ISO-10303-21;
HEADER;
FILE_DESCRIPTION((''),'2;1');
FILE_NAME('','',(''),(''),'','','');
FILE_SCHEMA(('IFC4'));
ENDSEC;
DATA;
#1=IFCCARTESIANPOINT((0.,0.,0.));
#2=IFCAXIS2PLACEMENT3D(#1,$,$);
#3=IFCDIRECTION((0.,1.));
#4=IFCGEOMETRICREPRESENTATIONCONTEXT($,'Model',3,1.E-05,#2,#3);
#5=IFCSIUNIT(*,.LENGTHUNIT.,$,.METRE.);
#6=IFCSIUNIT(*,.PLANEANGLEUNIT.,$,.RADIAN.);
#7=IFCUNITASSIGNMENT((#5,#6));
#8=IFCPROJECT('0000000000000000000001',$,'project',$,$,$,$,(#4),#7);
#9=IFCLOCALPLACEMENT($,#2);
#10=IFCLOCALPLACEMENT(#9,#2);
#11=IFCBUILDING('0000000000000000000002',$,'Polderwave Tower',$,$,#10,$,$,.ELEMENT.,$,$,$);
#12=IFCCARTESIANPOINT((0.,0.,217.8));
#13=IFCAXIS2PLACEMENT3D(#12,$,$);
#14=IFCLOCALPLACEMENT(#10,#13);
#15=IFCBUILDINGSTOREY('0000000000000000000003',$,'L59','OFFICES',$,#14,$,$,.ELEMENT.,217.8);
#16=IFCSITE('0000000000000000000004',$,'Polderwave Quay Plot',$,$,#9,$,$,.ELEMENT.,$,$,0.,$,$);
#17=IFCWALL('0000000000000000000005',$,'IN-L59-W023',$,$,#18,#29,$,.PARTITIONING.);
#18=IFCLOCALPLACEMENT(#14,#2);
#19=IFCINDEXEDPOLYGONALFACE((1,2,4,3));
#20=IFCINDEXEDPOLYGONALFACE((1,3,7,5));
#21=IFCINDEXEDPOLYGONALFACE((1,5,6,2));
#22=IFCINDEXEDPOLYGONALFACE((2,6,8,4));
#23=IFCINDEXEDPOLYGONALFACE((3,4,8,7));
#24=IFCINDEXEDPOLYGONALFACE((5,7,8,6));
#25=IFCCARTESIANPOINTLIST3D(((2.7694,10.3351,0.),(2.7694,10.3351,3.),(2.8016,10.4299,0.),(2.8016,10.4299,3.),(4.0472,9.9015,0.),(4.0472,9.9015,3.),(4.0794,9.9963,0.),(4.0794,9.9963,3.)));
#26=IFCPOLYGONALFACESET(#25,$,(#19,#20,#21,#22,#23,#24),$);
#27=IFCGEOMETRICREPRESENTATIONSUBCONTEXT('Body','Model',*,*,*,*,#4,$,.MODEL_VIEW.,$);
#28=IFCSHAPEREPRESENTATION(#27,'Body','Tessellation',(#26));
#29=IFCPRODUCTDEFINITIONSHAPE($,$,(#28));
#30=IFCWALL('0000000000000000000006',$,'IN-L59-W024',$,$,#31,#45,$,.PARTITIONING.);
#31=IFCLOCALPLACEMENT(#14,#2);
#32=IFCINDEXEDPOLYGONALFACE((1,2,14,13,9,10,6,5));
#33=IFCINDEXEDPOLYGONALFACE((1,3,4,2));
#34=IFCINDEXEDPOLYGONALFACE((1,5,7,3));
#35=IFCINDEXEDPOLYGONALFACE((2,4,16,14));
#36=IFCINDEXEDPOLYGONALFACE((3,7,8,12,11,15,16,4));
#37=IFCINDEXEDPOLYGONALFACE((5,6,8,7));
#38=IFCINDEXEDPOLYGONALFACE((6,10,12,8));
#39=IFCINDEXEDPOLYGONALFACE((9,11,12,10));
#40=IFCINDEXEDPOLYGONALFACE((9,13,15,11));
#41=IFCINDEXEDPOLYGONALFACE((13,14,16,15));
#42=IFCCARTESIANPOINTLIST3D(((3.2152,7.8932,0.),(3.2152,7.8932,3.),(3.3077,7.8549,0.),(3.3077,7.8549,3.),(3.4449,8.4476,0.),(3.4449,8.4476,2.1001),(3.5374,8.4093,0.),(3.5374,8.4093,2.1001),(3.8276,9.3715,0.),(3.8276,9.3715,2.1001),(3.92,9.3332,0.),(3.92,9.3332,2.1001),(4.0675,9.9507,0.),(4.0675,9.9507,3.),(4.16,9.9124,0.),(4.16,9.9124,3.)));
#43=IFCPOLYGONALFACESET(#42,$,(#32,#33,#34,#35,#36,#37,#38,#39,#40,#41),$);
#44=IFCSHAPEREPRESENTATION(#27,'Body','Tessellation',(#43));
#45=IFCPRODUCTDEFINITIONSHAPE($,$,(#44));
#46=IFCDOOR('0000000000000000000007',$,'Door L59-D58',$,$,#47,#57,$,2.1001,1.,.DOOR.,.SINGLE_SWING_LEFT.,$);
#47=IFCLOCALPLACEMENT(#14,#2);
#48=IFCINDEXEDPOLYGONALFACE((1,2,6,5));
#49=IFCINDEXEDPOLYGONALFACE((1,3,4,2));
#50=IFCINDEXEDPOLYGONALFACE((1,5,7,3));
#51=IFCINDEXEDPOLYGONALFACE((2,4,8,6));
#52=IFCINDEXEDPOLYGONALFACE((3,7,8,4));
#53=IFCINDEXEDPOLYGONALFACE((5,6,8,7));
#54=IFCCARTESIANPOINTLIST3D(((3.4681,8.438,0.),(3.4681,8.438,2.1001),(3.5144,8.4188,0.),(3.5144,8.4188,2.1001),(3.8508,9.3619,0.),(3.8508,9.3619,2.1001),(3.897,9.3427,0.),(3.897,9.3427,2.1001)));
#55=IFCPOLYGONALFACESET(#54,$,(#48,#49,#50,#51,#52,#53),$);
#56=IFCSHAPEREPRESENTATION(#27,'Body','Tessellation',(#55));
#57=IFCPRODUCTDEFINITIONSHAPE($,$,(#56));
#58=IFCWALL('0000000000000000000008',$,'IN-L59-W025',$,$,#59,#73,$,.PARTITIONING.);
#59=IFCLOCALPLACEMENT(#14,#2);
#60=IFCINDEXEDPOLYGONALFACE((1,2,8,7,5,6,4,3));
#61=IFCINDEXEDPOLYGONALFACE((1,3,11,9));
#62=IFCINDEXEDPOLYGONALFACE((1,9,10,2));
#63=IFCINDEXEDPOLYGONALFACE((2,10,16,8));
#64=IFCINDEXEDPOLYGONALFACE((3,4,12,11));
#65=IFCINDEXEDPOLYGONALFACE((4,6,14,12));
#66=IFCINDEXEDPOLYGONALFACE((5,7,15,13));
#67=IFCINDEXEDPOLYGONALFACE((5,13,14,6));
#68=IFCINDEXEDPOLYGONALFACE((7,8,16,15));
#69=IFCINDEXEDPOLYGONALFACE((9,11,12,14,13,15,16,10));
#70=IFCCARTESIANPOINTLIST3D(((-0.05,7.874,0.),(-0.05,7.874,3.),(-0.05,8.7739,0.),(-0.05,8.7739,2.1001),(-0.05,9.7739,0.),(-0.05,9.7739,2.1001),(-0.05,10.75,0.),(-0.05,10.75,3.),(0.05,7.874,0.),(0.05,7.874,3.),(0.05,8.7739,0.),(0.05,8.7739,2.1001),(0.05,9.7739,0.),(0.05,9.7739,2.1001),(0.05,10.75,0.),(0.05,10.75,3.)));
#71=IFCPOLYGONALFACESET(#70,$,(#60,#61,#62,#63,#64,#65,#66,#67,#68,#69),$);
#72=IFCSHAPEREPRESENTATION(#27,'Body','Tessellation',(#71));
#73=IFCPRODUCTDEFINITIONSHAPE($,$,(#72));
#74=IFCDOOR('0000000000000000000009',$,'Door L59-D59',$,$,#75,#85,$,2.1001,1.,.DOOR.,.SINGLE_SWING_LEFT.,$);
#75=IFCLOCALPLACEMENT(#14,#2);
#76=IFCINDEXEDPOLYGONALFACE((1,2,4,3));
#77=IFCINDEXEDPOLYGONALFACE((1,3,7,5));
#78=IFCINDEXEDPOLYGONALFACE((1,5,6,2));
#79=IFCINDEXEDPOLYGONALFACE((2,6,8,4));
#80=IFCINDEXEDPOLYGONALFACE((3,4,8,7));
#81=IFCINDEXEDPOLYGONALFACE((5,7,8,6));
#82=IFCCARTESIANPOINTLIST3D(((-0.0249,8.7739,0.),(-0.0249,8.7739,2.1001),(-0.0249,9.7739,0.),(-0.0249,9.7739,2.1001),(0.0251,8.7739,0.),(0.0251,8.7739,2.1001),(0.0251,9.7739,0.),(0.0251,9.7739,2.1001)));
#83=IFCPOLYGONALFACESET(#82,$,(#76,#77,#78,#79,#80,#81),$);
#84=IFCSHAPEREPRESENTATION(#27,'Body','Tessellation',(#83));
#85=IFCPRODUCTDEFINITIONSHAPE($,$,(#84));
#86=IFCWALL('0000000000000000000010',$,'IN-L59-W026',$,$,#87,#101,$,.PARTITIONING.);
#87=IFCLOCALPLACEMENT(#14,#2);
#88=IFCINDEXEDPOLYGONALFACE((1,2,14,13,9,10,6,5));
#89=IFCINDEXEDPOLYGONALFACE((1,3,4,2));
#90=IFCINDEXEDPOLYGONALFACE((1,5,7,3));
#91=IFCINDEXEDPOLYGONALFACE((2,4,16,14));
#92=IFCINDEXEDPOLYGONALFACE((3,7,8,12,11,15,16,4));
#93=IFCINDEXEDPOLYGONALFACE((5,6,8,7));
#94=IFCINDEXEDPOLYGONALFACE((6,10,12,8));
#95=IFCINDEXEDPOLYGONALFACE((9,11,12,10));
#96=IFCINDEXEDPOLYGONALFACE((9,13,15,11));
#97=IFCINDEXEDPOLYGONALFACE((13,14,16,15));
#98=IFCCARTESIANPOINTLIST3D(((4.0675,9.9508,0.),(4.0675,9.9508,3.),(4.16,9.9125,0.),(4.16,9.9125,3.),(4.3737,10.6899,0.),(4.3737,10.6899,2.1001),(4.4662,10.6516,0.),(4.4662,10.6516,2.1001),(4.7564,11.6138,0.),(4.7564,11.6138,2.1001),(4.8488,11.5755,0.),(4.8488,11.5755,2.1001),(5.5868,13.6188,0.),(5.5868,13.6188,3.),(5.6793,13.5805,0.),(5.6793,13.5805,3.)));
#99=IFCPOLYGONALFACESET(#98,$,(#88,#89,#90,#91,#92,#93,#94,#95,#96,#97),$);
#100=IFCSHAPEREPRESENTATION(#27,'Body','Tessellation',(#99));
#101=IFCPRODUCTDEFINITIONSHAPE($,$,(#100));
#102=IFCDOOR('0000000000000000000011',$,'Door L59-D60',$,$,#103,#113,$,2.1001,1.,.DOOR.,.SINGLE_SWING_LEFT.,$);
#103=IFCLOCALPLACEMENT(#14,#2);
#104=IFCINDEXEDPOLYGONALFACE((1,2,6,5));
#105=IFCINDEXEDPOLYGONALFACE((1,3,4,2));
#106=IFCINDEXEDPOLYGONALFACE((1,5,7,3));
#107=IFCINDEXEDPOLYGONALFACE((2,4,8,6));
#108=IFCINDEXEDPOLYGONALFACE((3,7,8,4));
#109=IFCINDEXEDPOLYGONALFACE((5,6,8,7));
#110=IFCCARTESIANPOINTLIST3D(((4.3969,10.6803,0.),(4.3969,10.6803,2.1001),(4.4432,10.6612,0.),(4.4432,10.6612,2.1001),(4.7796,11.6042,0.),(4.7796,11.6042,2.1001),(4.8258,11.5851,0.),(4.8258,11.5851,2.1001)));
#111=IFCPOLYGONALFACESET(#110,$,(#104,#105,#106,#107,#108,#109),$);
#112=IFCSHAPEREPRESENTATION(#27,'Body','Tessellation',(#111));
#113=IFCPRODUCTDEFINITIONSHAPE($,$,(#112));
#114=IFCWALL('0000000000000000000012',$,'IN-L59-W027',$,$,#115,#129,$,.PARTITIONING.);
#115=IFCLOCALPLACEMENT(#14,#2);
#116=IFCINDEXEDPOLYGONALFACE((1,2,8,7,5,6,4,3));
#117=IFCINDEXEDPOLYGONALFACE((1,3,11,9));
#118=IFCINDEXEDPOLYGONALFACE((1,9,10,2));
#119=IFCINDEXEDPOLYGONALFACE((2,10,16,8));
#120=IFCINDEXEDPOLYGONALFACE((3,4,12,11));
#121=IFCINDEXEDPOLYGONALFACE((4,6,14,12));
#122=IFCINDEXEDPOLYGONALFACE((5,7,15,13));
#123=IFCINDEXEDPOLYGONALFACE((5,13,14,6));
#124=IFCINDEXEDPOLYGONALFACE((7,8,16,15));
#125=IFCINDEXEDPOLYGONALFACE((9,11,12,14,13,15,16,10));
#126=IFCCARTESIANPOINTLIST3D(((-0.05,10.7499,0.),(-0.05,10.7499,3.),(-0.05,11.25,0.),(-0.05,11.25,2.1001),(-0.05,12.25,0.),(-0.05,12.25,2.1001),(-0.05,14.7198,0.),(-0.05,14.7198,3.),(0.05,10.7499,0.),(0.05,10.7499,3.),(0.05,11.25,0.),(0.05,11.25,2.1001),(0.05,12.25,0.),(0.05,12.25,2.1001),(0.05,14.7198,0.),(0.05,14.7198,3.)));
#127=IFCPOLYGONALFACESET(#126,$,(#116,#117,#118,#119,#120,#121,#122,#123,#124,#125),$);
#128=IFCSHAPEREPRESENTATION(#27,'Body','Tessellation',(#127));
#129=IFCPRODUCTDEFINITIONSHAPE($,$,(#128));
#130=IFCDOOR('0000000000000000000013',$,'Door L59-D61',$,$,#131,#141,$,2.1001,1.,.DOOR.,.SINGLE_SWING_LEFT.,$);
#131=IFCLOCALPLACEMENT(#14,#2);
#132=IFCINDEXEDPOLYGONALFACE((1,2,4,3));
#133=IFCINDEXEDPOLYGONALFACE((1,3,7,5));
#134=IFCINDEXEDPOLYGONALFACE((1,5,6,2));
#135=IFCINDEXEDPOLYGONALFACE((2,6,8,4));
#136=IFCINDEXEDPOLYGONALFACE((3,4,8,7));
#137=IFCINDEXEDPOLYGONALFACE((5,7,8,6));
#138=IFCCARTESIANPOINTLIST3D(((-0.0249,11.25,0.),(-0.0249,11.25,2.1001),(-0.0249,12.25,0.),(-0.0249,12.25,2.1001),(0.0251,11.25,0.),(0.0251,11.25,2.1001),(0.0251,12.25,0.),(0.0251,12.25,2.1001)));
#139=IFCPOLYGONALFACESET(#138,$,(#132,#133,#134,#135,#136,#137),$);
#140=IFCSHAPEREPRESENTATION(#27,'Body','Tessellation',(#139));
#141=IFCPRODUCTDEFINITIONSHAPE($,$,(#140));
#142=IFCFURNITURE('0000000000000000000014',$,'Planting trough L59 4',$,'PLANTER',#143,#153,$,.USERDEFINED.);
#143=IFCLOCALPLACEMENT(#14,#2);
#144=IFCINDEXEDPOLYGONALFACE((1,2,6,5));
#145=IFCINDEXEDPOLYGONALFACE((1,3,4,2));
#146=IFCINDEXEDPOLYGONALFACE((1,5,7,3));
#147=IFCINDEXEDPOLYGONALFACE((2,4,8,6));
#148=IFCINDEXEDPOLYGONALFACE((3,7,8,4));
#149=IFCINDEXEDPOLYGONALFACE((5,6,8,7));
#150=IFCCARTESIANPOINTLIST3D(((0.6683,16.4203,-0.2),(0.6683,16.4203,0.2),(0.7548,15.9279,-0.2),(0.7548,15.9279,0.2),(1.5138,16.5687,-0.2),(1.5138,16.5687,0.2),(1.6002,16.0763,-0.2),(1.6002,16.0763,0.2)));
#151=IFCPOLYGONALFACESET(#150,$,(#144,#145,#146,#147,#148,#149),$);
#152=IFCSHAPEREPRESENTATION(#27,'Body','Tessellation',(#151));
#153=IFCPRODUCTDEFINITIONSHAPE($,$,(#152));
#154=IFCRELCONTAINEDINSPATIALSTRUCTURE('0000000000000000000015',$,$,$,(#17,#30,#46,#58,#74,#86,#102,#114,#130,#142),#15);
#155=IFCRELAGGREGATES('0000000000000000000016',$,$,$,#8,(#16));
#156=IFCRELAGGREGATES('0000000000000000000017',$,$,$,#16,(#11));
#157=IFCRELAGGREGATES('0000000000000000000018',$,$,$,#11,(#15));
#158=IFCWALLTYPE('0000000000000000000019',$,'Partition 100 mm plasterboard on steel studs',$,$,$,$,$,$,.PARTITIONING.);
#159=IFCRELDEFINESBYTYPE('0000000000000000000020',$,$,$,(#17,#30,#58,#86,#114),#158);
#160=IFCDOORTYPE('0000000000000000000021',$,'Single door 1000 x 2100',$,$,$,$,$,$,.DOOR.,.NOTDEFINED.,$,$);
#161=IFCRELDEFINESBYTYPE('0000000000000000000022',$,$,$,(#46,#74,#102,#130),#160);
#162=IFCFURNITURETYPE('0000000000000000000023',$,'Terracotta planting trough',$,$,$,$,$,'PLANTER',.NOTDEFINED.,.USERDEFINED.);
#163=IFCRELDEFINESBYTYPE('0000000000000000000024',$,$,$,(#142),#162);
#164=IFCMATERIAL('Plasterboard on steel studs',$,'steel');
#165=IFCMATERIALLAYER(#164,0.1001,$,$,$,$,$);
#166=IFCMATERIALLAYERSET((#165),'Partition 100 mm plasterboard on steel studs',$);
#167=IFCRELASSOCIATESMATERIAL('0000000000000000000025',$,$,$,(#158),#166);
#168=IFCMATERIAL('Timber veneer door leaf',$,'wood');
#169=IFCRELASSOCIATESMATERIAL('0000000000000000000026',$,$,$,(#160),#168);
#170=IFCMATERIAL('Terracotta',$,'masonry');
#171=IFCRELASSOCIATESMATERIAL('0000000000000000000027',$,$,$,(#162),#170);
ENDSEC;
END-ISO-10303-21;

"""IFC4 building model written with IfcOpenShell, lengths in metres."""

from ifc_helpers import new_model, si_unit, direction, frame, frame_2d, origin, origin_2d, place, context, subcontext, project, spatial, rectangle, extrude, material, layer, layer_set, type_object, element, fill, save


model = new_model("IFC4")

# Units and contexts
model_context = context("Model", 3, precision=1e-05, world=origin(), true_north=direction((0.0, 1.0)))
body_context = subcontext(model_context, "Body", "Model", "MODEL_VIEW")
ifc_project = project(units=[si_unit("LENGTHUNIT", "METRE"), si_unit("PLANEANGLEUNIT", "RADIAN")], contexts=[model_context])

# Site, building, storey
site_placement = place(None, origin())
site = spatial("IfcSite", under=ifc_project, at=site_placement, Name="Polderwave Quay Plot", CompositionType="ELEMENT", RefElevation=0.0)
building_placement = place(site_placement, origin())
building = spatial("IfcBuilding", under=site, at=building_placement, Name="Polderwave Tower", CompositionType="ELEMENT")
storey_placement = place(building_placement, frame((0.0, 0.0, 217.8)))
storey = spatial("IfcBuildingStorey", under=building, at=storey_placement, Name="L59", Description="OFFICES", CompositionType="ELEMENT", Elevation=217.8)

# Wall
ifc_material_1 = material(Name="Plasterboard on steel studs", Category="steel")
ifc_layer_1 = layer(ifc_material_1, 0.1001)
ifc_layer_set_1 = layer_set([ifc_layer_1], Name="Partition 100 mm plasterboard on steel studs")
wall_type_1 = type_object("IfcWallType", Name="Partition 100 mm plasterboard on steel studs", PredefinedType="PARTITIONING", material=ifc_layer_set_1)
wall_1_placement = place(storey_placement, frame((2.7854, 10.3826, 0.0), z_axis=(0.0, 0.0, 1.0), x_axis=(0.946969, -0.321325, 0.0)))
element("IfcWall", 1, at=wall_1_placement, inside=storey, type_object=wall_type_1, Name="IN-L59-W023", PredefinedType="PARTITIONING", context=body_context, shape_type="SweptSolid", body=[
    extrude(rectangle(XDim=1.3494, YDim=0.1001, at=frame_2d((0.6748, 0.0))), origin(), (0.0, 0.0, 1.0), 3.0),
])

# Walls, openings, doors
wall_2_placement = place(storey_placement, frame((3.2615, 7.874, 0.0), z_axis=(0.0, 0.0, 1.0), x_axis=(0.382684, 0.923879, 0.0)))
wall_2 = element("IfcWall", 2, at=wall_2_placement, inside=storey, type_object=wall_type_1, Name="IN-L59-W024", PredefinedType="PARTITIONING", context=body_context, shape_type="SweptSolid", body=[
    extrude(rectangle(XDim=2.2271, YDim=0.1001, at=frame_2d((1.1135, 0.0))), origin(), (0.0, 0.0, 1.0), 3.0),
])
opening_1_placement = place(wall_2_placement, frame((0.6001, 0.0, 0.0)))
opening_1 = element("IfcOpeningElement", 3, at=opening_1_placement, cuts=wall_2, PredefinedType="OPENING", context=body_context, shape_type="SweptSolid", body=[
    extrude(rectangle(XDim=1.0, YDim=2.1001, at=frame_2d((0.5, 1.05))), frame((0.0, 0.0601, 0.0), z_axis=(0.0, -1.0, 0.0), x_axis=(1.0, 0.0, 0.0)), (0.0, 0.0, 1.0), 0.1201),
])
ifc_material_2 = material(Name="Timber veneer door leaf", Category="wood")
door_type = type_object("IfcDoorType", Name="Single door 1000 x 2100", OperationType="NOTDEFINED", PredefinedType="DOOR", material=ifc_material_2)
door_1_placement = place(opening_1_placement, origin())
door_1 = element("IfcDoor", 4, at=door_1_placement, inside=storey, type_object=door_type, Name="Door L59-D58", OperationType="SINGLE_SWING_LEFT", OverallHeight=2.1001, OverallWidth=1.0, PredefinedType="DOOR", context=body_context, shape_type="SweptSolid", body=[
    extrude(rectangle(XDim=1.0, YDim=2.1001, at=frame_2d((0.5, 1.05))), frame((0.0, 0.0249, 0.0), z_axis=(0.0, -1.0, 0.0), x_axis=(1.0, 0.0, 0.0)), (0.0, 0.0, 1.0), 0.05),
])
fill(opening_1, door_1)
wall_3_placement = place(storey_placement, frame((0.0, 7.874, 0.0), z_axis=(0.0, 0.0, 1.0), x_axis=(0.0, 1.0, 0.0)))
wall_3 = element("IfcWall", 5, at=wall_3_placement, inside=storey, type_object=wall_type_1, Name="IN-L59-W025", PredefinedType="PARTITIONING", context=body_context, shape_type="SweptSolid", body=[
    extrude(rectangle(XDim=2.876, YDim=0.1001, at=frame_2d((1.438, 0.0))), origin(), (0.0, 0.0, 1.0), 3.0),
])
opening_2_placement = place(wall_3_placement, frame((0.8999, 0.0, 0.0)))
opening_2 = element("IfcOpeningElement", 6, at=opening_2_placement, cuts=wall_3, PredefinedType="OPENING", context=body_context, shape_type="SweptSolid", body=[
    extrude(rectangle(XDim=1.0, YDim=2.1001, at=frame_2d((0.5, 1.05))), frame((0.0, 0.0601, 0.0), z_axis=(0.0, -1.0, 0.0), x_axis=(1.0, 0.0, 0.0)), (0.0, 0.0, 1.0), 0.1201),
])
door_2_placement = place(opening_2_placement, origin())
door_2 = element("IfcDoor", 7, at=door_2_placement, inside=storey, type_object=door_type, Name="Door L59-D59", OperationType="SINGLE_SWING_LEFT", OverallHeight=2.1001, OverallWidth=1.0, PredefinedType="DOOR", context=body_context, shape_type="SweptSolid", body=[
    extrude(rectangle(XDim=1.0, YDim=2.1001, at=frame_2d((0.5, 1.05))), frame((0.0, 0.0249, 0.0), z_axis=(0.0, -1.0, 0.0), x_axis=(1.0, 0.0, 0.0)), (0.0, 0.0, 1.0), 0.05),
])
fill(opening_2, door_2)
wall_4_placement = place(storey_placement, frame((4.1138, 9.9316, 0.0), z_axis=(0.0, 0.0, 1.0), x_axis=(0.382676, 0.923883, 0.0)))
wall_4 = element("IfcWall", 8, at=wall_4_placement, inside=storey, type_object=wall_type_1, Name="IN-L59-W026", PredefinedType="PARTITIONING", context=body_context, shape_type="SweptSolid", body=[
    extrude(rectangle(XDim=3.9702, YDim=0.1001, at=frame_2d((1.9851, 0.0))), origin(), (0.0, 0.0, 1.0), 3.0),
])
opening_3_placement = place(wall_4_placement, frame((0.8, 0.0, 0.0)))
opening_3 = element("IfcOpeningElement", 9, at=opening_3_placement, cuts=wall_4, PredefinedType="OPENING", context=body_context, shape_type="SweptSolid", body=[
    extrude(rectangle(XDim=1.0, YDim=2.1001, at=frame_2d((0.5, 1.05))), frame((0.0, 0.0601, 0.0), z_axis=(0.0, -1.0, 0.0), x_axis=(1.0, 0.0, 0.0)), (0.0, 0.0, 1.0), 0.1201),
])
door_3_placement = place(opening_3_placement, origin())
door_3 = element("IfcDoor", 10, at=door_3_placement, inside=storey, type_object=door_type, Name="Door L59-D60", OperationType="SINGLE_SWING_LEFT", OverallHeight=2.1001, OverallWidth=1.0, PredefinedType="DOOR", context=body_context, shape_type="SweptSolid", body=[
    extrude(rectangle(XDim=1.0, YDim=2.1001, at=frame_2d((0.5, 1.05))), frame((0.0, 0.0249, 0.0), z_axis=(0.0, -1.0, 0.0), x_axis=(1.0, 0.0, 0.0)), (0.0, 0.0, 1.0), 0.05),
])
fill(opening_3, door_3)
wall_5_placement = place(storey_placement, frame((0.0, 10.75, 0.0), z_axis=(0.0, 0.0, 1.0), x_axis=(0.0, 1.0, 0.0)))
wall_5 = element("IfcWall", 11, at=wall_5_placement, inside=storey, type_object=wall_type_1, Name="IN-L59-W027", PredefinedType="PARTITIONING", context=body_context, shape_type="SweptSolid", body=[
    extrude(rectangle(XDim=3.97, YDim=0.1001, at=frame_2d((1.9849, 0.0))), origin(), (0.0, 0.0, 1.0), 3.0),
])
opening_4_placement = place(wall_5_placement, frame((0.5, 0.0, 0.0)))
opening_4 = element("IfcOpeningElement", 12, at=opening_4_placement, cuts=wall_5, PredefinedType="OPENING", context=body_context, shape_type="SweptSolid", body=[
    extrude(rectangle(XDim=1.0, YDim=2.1001, at=frame_2d((0.5, 1.05))), frame((0.0, 0.0601, 0.0), z_axis=(0.0, -1.0, 0.0), x_axis=(1.0, 0.0, 0.0)), (0.0, 0.0, 1.0), 0.1201),
])
door_4_placement = place(opening_4_placement, origin())
door_4 = element("IfcDoor", 13, at=door_4_placement, inside=storey, type_object=door_type, Name="Door L59-D61", OperationType="SINGLE_SWING_LEFT", OverallHeight=2.1001, OverallWidth=1.0, PredefinedType="DOOR", context=body_context, shape_type="SweptSolid", body=[
    extrude(rectangle(XDim=1.0, YDim=2.1001, at=frame_2d((0.5, 1.05))), frame((0.0, 0.0249, 0.0), z_axis=(0.0, -1.0, 0.0), x_axis=(1.0, 0.0, 0.0)), (0.0, 0.0, 1.0), 0.05),
])
fill(opening_4, door_4)

# Furniture
ifc_material_3 = material(Name="Terracotta", Category="masonry")
furniture_type = type_object("IfcFurnitureType", Name="Terracotta planting trough", ElementType="PLANTER", AssemblyPlace="NOTDEFINED", PredefinedType="USERDEFINED", material=ifc_material_3)
furniture_placement = place(storey_placement, frame((1.1343, 16.2483, -0.2), z_axis=(0.0, 0.0, 1.0), x_axis=(-0.984942, -0.172887, 0.0)))
element("IfcFurniture", 14, at=furniture_placement, inside=storey, type_object=furniture_type, Name="Planting trough L59 4", ObjectType="PLANTER", PredefinedType="USERDEFINED", context=body_context, shape_type="SweptSolid", body=[
    extrude(rectangle(XDim=0.8584, YDim=0.5, at=origin_2d()), origin(), (0.0, 0.0, 1.0), 0.3999),
])

save(model, "model.ifc")
